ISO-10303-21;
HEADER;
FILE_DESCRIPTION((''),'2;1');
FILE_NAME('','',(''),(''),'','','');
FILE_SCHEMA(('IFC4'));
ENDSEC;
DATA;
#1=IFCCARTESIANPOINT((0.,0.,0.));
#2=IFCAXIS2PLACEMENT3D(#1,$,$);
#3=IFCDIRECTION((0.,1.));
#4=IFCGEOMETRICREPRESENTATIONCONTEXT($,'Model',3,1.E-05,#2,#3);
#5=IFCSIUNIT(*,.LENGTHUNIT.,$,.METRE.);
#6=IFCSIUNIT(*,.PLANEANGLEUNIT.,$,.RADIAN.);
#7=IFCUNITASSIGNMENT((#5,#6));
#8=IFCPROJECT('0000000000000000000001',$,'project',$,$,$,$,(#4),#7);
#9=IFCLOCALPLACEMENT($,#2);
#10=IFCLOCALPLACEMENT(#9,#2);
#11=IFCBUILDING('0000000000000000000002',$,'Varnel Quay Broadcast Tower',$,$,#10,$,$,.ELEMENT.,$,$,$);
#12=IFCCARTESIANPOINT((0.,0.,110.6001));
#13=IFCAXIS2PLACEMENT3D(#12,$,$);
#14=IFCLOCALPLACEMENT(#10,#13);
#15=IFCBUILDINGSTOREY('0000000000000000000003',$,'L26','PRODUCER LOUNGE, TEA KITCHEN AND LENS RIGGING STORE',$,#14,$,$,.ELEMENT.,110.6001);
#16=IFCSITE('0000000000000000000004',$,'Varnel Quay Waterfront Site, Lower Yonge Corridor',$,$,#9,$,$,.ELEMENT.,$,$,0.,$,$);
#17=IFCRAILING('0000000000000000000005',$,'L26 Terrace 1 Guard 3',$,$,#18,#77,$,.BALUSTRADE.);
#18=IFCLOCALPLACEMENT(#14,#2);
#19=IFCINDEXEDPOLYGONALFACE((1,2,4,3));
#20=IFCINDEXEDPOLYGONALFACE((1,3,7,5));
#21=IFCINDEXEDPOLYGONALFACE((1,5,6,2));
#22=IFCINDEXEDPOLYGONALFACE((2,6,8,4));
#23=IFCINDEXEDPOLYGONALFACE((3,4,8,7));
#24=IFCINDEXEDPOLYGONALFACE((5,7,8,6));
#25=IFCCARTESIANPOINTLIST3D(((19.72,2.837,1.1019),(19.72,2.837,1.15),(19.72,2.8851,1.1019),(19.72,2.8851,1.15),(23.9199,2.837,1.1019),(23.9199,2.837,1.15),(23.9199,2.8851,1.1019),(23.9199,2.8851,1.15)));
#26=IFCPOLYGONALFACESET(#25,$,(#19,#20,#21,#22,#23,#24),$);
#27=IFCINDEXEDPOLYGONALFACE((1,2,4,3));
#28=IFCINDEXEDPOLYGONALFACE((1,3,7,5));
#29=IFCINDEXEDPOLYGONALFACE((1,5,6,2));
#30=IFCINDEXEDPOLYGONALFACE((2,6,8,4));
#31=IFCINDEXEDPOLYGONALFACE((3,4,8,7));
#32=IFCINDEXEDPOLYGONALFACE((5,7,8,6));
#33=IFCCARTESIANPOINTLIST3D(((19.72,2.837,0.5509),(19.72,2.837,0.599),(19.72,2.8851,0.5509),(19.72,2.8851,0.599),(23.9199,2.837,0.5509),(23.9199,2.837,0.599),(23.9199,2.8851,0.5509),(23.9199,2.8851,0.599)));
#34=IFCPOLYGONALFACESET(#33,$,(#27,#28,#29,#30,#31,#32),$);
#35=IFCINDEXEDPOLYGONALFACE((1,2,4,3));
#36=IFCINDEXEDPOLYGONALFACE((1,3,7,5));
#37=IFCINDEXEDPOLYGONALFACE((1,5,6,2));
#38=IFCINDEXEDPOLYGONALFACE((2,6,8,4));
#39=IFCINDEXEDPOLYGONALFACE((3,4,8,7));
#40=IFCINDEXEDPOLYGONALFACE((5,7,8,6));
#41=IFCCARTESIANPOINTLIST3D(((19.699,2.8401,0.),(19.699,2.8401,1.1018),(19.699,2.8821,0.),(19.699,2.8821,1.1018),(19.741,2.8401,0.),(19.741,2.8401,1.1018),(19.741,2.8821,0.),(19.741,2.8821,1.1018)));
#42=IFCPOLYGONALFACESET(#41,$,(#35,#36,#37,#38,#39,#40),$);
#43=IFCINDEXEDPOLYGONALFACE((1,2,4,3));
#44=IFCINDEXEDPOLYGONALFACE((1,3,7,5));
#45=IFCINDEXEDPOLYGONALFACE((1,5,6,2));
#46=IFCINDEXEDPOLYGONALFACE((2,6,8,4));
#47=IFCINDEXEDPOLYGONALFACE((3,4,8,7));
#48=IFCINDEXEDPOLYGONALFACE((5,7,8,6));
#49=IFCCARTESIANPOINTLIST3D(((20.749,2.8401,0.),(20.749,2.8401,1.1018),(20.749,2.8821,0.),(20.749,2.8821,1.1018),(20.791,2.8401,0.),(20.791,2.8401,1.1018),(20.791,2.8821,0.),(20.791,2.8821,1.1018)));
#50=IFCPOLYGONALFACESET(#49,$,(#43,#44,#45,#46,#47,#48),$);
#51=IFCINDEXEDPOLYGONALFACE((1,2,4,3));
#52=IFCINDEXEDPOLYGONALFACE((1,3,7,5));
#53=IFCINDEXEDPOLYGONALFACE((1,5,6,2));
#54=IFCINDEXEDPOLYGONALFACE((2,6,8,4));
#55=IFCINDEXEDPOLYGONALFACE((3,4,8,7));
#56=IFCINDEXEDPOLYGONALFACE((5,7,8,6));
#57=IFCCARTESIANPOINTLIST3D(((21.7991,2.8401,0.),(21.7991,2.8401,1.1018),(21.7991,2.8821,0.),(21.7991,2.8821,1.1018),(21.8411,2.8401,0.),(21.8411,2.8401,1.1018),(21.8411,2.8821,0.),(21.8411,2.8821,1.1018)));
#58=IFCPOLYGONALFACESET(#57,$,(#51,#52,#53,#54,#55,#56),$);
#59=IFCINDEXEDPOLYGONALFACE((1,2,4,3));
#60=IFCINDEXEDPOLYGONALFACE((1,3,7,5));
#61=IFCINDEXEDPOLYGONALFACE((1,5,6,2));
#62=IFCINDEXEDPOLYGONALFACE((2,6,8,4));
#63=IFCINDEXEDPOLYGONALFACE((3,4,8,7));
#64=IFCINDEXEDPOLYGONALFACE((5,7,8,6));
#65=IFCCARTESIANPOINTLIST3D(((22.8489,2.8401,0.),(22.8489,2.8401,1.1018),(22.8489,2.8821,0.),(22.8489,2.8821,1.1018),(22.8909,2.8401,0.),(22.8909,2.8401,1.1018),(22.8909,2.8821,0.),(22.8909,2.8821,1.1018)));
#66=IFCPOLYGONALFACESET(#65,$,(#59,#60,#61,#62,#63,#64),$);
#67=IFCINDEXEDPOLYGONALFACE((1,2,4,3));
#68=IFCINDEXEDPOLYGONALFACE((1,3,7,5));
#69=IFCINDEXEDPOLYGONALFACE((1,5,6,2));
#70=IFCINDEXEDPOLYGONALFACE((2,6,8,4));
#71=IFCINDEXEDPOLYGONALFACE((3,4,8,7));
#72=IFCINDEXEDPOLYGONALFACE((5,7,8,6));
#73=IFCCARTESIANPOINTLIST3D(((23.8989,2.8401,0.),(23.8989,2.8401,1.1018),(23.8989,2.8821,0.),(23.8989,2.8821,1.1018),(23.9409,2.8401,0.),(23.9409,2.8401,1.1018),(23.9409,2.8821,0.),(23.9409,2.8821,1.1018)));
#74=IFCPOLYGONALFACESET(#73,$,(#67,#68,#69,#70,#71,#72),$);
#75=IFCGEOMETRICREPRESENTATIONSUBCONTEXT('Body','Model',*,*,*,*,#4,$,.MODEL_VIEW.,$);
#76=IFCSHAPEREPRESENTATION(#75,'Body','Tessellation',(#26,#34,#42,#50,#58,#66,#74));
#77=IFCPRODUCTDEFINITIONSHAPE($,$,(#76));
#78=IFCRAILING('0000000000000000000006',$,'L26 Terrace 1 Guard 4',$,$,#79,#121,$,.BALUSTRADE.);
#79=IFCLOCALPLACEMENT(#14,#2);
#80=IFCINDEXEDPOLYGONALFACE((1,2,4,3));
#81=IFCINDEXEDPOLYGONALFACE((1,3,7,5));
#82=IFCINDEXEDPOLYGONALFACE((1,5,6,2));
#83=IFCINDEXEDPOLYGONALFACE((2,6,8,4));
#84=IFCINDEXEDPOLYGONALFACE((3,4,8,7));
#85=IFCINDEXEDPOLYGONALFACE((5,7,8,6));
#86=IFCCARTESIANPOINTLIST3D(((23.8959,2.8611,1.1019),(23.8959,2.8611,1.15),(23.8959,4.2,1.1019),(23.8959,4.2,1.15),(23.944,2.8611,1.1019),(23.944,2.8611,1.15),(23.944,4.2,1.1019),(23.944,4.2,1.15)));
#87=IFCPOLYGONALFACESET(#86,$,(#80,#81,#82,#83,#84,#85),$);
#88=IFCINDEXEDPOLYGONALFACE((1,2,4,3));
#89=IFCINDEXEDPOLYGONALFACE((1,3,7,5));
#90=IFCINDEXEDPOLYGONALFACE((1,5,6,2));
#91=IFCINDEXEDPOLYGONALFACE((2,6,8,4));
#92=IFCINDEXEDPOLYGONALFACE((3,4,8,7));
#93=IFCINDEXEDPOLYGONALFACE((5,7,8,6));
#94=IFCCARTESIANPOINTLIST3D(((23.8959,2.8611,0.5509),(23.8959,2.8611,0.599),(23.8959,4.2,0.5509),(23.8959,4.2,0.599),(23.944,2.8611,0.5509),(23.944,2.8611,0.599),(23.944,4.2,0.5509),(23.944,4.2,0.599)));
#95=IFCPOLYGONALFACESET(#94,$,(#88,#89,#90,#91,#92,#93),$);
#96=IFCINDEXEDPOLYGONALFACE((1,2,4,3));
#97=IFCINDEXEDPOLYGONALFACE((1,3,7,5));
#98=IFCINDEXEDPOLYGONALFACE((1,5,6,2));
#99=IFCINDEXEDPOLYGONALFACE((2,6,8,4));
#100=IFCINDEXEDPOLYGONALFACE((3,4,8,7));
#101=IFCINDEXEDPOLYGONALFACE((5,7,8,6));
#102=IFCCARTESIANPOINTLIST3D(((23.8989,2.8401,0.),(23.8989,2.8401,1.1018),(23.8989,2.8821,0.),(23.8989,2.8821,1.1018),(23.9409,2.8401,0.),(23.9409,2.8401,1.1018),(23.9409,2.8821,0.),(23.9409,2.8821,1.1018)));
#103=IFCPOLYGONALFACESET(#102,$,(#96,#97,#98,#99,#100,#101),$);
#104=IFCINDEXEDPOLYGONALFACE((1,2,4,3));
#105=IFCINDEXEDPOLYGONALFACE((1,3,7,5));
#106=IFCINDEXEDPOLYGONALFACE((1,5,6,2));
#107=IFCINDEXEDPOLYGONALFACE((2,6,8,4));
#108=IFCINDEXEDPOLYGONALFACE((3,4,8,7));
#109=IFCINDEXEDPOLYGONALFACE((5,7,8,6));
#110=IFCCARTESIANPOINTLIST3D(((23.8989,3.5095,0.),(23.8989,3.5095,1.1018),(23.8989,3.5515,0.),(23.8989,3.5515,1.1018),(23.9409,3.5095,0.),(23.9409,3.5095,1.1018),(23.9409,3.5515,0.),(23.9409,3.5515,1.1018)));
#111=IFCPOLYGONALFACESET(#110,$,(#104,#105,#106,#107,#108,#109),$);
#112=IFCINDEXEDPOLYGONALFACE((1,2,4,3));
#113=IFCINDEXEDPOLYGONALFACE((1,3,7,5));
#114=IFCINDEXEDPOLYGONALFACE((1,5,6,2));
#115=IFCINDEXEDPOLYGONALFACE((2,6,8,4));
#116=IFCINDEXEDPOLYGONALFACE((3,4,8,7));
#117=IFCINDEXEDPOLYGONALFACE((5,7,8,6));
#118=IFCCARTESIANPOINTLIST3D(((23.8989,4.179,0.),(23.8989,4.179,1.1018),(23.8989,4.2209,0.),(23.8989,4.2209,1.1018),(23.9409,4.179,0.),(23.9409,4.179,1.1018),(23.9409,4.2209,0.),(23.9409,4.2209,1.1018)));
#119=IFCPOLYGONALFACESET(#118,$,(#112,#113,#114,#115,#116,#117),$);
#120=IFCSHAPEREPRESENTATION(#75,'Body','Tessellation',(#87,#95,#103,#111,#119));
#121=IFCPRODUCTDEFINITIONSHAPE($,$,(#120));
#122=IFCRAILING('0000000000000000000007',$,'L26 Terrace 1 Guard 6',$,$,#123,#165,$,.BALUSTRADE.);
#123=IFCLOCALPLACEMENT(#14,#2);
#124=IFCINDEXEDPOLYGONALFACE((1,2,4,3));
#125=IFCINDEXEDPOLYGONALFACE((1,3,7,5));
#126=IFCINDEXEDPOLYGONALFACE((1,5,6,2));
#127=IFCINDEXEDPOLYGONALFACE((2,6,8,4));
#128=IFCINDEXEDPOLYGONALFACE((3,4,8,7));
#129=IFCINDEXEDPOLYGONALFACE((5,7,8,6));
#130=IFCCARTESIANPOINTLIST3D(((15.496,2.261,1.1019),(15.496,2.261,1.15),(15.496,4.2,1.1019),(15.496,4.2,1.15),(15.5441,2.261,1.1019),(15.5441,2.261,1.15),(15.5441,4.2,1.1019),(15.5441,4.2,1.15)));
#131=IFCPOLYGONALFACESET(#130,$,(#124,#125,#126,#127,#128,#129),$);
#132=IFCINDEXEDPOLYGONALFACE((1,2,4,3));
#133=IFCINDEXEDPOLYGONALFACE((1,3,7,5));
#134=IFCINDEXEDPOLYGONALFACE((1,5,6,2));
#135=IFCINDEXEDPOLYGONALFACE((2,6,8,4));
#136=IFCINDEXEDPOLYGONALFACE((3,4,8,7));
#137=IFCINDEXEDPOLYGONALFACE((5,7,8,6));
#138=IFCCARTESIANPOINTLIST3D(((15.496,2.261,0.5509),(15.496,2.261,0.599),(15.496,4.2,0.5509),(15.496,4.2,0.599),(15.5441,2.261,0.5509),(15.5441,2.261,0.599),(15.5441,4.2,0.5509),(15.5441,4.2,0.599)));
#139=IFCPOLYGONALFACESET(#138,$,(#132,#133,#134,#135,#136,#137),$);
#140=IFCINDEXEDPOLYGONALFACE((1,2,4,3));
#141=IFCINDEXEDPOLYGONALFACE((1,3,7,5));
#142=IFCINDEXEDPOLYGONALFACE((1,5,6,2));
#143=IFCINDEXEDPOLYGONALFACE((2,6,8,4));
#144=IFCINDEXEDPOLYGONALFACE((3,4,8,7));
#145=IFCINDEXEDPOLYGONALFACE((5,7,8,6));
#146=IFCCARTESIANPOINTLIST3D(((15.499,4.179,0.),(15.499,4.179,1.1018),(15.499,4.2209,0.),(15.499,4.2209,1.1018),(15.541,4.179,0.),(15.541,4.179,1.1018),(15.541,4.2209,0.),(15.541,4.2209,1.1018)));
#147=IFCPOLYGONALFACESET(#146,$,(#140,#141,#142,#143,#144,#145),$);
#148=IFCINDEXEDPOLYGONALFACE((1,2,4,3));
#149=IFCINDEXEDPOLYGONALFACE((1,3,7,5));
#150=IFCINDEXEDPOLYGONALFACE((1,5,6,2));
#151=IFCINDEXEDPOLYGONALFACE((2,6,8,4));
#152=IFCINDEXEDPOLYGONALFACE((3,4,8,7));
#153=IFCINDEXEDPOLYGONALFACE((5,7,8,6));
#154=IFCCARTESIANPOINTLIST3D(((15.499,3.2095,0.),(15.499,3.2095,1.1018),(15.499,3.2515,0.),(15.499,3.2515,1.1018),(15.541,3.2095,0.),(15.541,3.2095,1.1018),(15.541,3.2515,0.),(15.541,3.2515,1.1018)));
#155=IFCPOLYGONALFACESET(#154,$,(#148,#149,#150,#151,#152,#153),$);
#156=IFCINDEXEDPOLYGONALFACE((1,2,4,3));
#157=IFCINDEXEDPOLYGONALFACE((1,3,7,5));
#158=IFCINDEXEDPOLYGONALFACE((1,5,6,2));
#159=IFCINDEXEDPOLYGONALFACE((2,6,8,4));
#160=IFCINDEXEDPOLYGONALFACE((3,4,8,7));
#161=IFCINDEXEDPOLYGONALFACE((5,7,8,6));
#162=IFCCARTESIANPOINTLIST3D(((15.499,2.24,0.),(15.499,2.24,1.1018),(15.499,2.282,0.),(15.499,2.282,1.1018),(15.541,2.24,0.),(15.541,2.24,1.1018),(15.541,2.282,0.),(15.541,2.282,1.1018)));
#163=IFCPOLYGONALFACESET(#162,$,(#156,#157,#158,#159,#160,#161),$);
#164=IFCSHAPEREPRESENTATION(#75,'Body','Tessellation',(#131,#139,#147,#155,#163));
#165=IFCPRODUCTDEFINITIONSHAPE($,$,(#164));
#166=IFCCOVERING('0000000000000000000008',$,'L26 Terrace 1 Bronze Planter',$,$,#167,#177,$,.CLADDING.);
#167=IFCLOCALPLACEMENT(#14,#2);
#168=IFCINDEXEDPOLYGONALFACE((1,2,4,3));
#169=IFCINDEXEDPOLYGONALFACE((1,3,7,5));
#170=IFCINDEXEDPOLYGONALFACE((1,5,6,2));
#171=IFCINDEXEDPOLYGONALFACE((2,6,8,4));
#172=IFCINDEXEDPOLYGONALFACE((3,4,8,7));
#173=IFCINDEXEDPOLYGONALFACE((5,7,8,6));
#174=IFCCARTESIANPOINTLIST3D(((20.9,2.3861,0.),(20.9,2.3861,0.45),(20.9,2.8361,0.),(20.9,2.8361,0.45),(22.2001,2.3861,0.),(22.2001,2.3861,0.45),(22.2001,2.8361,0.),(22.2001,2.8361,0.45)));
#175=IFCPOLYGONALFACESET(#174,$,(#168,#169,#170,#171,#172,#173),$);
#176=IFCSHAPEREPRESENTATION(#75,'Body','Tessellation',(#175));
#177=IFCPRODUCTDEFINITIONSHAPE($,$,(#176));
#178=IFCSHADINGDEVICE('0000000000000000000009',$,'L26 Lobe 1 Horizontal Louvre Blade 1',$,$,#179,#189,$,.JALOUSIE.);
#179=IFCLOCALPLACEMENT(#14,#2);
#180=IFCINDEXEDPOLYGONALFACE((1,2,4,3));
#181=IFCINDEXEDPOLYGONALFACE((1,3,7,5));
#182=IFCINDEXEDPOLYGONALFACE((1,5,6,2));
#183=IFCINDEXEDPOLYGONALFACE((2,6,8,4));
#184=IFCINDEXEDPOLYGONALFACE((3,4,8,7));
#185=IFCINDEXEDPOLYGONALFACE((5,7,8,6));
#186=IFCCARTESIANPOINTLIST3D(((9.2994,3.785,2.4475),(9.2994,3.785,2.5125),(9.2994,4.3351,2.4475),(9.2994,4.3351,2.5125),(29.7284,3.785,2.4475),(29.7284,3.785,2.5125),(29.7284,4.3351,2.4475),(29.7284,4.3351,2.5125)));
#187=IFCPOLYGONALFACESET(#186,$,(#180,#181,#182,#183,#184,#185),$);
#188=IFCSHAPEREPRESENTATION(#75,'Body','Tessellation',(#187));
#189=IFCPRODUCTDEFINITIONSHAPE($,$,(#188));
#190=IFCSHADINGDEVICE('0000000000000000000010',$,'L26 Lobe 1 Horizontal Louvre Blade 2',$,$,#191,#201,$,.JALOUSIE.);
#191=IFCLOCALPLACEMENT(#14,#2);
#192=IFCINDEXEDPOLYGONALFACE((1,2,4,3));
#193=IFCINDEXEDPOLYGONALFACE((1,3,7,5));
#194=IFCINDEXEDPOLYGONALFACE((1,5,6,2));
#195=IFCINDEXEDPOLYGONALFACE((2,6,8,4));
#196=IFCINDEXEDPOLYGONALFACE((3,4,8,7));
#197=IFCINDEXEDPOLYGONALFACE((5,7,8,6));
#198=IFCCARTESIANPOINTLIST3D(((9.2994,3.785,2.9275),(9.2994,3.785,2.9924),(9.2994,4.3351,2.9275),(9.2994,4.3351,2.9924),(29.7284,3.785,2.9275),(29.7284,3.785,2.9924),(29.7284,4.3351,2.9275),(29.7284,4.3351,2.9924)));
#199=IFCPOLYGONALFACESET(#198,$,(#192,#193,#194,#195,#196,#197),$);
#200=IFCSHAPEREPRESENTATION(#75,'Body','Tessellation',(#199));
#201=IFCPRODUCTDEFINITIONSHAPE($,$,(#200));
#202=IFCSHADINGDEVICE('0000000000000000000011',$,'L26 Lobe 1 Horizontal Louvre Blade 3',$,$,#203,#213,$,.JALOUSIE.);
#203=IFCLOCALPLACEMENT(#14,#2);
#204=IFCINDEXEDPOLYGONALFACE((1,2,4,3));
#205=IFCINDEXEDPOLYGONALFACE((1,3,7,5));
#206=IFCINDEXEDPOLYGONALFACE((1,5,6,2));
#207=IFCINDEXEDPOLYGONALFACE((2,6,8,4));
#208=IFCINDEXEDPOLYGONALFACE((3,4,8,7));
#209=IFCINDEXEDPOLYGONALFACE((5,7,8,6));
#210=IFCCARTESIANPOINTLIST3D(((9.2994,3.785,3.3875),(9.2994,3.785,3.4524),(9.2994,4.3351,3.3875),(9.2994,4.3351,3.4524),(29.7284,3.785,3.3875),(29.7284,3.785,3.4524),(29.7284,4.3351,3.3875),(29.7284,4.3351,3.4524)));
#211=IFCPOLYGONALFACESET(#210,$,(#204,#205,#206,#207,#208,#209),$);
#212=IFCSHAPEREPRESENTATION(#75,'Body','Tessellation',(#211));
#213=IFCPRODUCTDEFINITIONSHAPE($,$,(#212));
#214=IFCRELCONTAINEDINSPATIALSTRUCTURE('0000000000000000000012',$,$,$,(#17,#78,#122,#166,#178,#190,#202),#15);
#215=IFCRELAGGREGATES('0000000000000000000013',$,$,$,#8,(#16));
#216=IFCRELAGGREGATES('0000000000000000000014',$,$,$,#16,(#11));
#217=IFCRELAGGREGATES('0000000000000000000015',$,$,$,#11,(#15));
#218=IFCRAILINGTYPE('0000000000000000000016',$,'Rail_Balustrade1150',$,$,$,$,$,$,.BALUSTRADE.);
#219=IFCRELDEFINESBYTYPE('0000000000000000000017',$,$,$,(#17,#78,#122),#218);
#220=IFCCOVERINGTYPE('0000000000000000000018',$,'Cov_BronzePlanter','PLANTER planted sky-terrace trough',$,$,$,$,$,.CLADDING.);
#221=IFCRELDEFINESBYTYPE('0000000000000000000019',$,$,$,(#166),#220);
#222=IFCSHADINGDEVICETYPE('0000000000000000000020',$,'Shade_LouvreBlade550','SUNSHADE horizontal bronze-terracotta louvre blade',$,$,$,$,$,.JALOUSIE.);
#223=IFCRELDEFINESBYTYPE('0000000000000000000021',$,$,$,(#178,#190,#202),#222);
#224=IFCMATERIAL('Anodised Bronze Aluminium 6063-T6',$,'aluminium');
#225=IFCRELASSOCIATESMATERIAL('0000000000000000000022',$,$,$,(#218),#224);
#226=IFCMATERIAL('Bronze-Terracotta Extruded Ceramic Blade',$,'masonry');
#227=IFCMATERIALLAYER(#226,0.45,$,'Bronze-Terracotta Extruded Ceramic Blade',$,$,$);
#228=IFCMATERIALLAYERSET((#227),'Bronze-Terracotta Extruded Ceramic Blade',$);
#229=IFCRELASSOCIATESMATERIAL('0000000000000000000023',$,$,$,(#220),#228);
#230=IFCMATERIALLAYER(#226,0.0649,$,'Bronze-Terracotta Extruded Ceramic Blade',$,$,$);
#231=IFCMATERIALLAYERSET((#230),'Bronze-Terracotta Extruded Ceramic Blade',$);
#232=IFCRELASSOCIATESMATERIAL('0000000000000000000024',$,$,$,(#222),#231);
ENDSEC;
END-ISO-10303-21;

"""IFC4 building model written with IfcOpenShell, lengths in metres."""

from ifc_helpers import new_model, si_unit, direction, frame, origin, origin_2d, place, context, subcontext, project, spatial, rectangle, extrude, source, transform, mapped, material, layer, layer_set, type_object, type_shapes, element, save


model = new_model("IFC4")

# Units and contexts
model_context = context("Model", 3, precision=1e-05, world=origin(), true_north=direction((0.0, 1.0)))
body_context = subcontext(model_context, "Body", "Model", "MODEL_VIEW")
ifc_project = project(units=[si_unit("LENGTHUNIT", "METRE"), si_unit("PLANEANGLEUNIT", "RADIAN")], contexts=[model_context])

# Site, building, storey
site_placement = place(None, origin())
site = spatial("IfcSite", under=ifc_project, at=site_placement, Name="Varnel Quay Waterfront Site, Lower Yonge Corridor", CompositionType="ELEMENT", RefElevation=0.0)
building_placement = place(site_placement, origin())
building = spatial("IfcBuilding", under=site, at=building_placement, Name="Varnel Quay Broadcast Tower", CompositionType="ELEMENT")
storey_placement = place(building_placement, frame((0.0, 0.0, 110.6001)))
storey = spatial("IfcBuildingStorey", under=building, at=storey_placement, Name="L26", Description="PRODUCER LOUNGE, TEA KITCHEN AND LENS RIGGING STORE", CompositionType="ELEMENT", Elevation=110.6001)

# Shared definitions
ifc_material_1 = material(Name="Anodised Bronze Aluminium 6063-T6", Category="aluminium")

# Railings
railing_type = type_object("IfcRailingType", Name="Rail_Balustrade1150", PredefinedType="BALUSTRADE", material=ifc_material_1)
railing_1_placement = place(storey_placement, frame((19.72, 2.8611, 0.0)))
element("IfcRailing", 1, at=railing_1_placement, inside=storey, type_object=railing_type, Name="L26 Terrace 1 Guard 3", PredefinedType="BALUSTRADE", context=body_context, shape_type="SweptSolid", body=[
    extrude(rectangle(XDim=0.0481, YDim=0.0481, at=origin_2d()), frame((0.0, 0.0, 1.126), z_axis=(1.0, 0.0, 0.0), x_axis=(0.0, 1.0, 0.0)), (0.0, 0.0, 1.0), 4.2),
    extrude(rectangle(XDim=0.0481, YDim=0.0481, at=origin_2d()), frame((0.0, 0.0, 0.575), z_axis=(1.0, 0.0, 0.0), x_axis=(0.0, 1.0, 0.0)), (0.0, 0.0, 1.0), 4.2),
    extrude(rectangle(XDim=0.042, YDim=0.042, at=origin_2d()), origin(), (0.0, 0.0, 1.0), 1.1018),
    extrude(rectangle(XDim=0.042, YDim=0.042, at=origin_2d()), frame((1.05, 0.0, 0.0)), (0.0, 0.0, 1.0), 1.1018),
    extrude(rectangle(XDim=0.042, YDim=0.042, at=origin_2d()), frame((2.1001, 0.0, 0.0)), (0.0, 0.0, 1.0), 1.1018),
    extrude(rectangle(XDim=0.042, YDim=0.042, at=origin_2d()), frame((3.1499, 0.0, 0.0)), (0.0, 0.0, 1.0), 1.1018),
    extrude(rectangle(XDim=0.042, YDim=0.042, at=origin_2d()), frame((4.2, 0.0, 0.0)), (0.0, 0.0, 1.0), 1.1018),
])
railing_2_placement = place(storey_placement, frame((23.9199, 2.8611, 0.0)))
element("IfcRailing", 2, at=railing_2_placement, inside=storey, type_object=railing_type, Name="L26 Terrace 1 Guard 4", PredefinedType="BALUSTRADE", context=body_context, shape_type="SweptSolid", body=[
    extrude(rectangle(XDim=0.0481, YDim=0.0481, at=origin_2d()), frame((0.0, 0.0, 1.126), z_axis=(0.0, 1.0, 0.0), x_axis=(-1.0, 0.0, 0.0)), (0.0, 0.0, 1.0), 1.3389),
    extrude(rectangle(XDim=0.0481, YDim=0.0481, at=origin_2d()), frame((0.0, 0.0, 0.575), z_axis=(0.0, 1.0, 0.0), x_axis=(-1.0, 0.0, 0.0)), (0.0, 0.0, 1.0), 1.3389),
    extrude(rectangle(XDim=0.042, YDim=0.042, at=origin_2d()), origin(), (0.0, 0.0, 1.0), 1.1018),
    extrude(rectangle(XDim=0.042, YDim=0.042, at=origin_2d()), frame((0.0, 0.6694, 0.0)), (0.0, 0.0, 1.0), 1.1018),
    extrude(rectangle(XDim=0.042, YDim=0.042, at=origin_2d()), frame((0.0, 1.3389, 0.0)), (0.0, 0.0, 1.0), 1.1018),
])
railing_3_placement = place(storey_placement, frame((15.52, 4.2, 0.0)))
element("IfcRailing", 3, at=railing_3_placement, inside=storey, type_object=railing_type, Name="L26 Terrace 1 Guard 6", PredefinedType="BALUSTRADE", context=body_context, shape_type="SweptSolid", body=[
    extrude(rectangle(XDim=0.0481, YDim=0.0481, at=origin_2d()), frame((0.0, 0.0, 1.126), z_axis=(0.0, -1.0, 0.0), x_axis=(1.0, 0.0, 0.0)), (0.0, 0.0, 1.0), 1.939),
    extrude(rectangle(XDim=0.0481, YDim=0.0481, at=origin_2d()), frame((0.0, 0.0, 0.575), z_axis=(0.0, -1.0, 0.0), x_axis=(1.0, 0.0, 0.0)), (0.0, 0.0, 1.0), 1.939),
    extrude(rectangle(XDim=0.042, YDim=0.042, at=origin_2d()), origin(), (0.0, 0.0, 1.0), 1.1018),
    extrude(rectangle(XDim=0.042, YDim=0.042, at=origin_2d()), frame((0.0, -0.9695, 0.0)), (0.0, 0.0, 1.0), 1.1018),
    extrude(rectangle(XDim=0.042, YDim=0.042, at=origin_2d()), frame((0.0, -1.939, 0.0)), (0.0, 0.0, 1.0), 1.1018),
])

# Covering
ifc_material_2 = material(Name="Bronze-Terracotta Extruded Ceramic Blade", Category="masonry")
ifc_layer_1 = layer(ifc_material_2, 0.45, Name="Bronze-Terracotta Extruded Ceramic Blade")
ifc_layer_set_1 = layer_set([ifc_layer_1], Name="Bronze-Terracotta Extruded Ceramic Blade")
covering_type = type_object("IfcCoveringType", Name="Cov_BronzePlanter", Description="PLANTER planted sky-terrace trough", PredefinedType="CLADDING", material=ifc_layer_set_1)
shared_shape_1 = source(origin(), body_context, "Body", "SweptSolid", [
    extrude(rectangle(XDim=1.3, YDim=0.45, at=origin_2d()), origin(), (0.0, 0.0, 1.0), 0.45),
])
type_shapes(covering_type, [shared_shape_1])
covering_placement = place(storey_placement, frame((21.55, 2.6111, 0.0), z_axis=(0.0, 0.0, 1.0), x_axis=(1.0, 0.0, 0.0)))
element("IfcCovering", 4, at=covering_placement, inside=storey, type_object=covering_type, Name="L26 Terrace 1 Bronze Planter", PredefinedType="CLADDING", context=body_context, shape_type="MappedRepresentation", body=[
    mapped(shared_shape_1, transform((0.0, 0.0, 0.0), x_axis=(1.0, 0.0, 0.0), y_axis=(0.0, 1.0, 0.0), z_axis=(0.0, 0.0, 1.0), scale=1.0)),
])

# Shading devices
ifc_layer_2 = layer(ifc_material_2, 0.0649, Name="Bronze-Terracotta Extruded Ceramic Blade")
ifc_layer_set_2 = layer_set([ifc_layer_2], Name="Bronze-Terracotta Extruded Ceramic Blade")
shading_device_type = type_object("IfcShadingDeviceType", Name="Shade_LouvreBlade550", Description="SUNSHADE horizontal bronze-terracotta louvre blade", PredefinedType="JALOUSIE", material=ifc_layer_set_2)
shared_shape_2 = source(origin(), body_context, "Body", "SweptSolid", [
    extrude(rectangle(XDim=20.429, YDim=0.55, at=origin_2d()), origin(), (0.0, 0.0, 1.0), 0.0649),
])
type_shapes(shading_device_type, [shared_shape_2])
for number, where, z_axis, x_axis, name in (
    (5, (19.5139, 4.0601, 2.4475), (0.0, 0.0, 1.0), (1.0, 0.0, 0.0), "L26 Lobe 1 Horizontal Louvre Blade 1"),
    (6, (19.5139, 4.0601, 2.9275), (0.0, 0.0, 1.0), (1.0, 0.0, 0.0), "L26 Lobe 1 Horizontal Louvre Blade 2"),
    (7, (19.5139, 4.0601, 3.3875), (0.0, 0.0, 1.0), (1.0, 0.0, 0.0), "L26 Lobe 1 Horizontal Louvre Blade 3"),
):
    element("IfcShadingDevice", number, at=place(storey_placement, frame(where, z_axis=z_axis, x_axis=x_axis)), inside=storey, type_object=shading_device_type, Name=name, PredefinedType="JALOUSIE", context=body_context, shape_type="MappedRepresentation", body=[
        mapped(shared_shape_2, transform((0.0, 0.0, 0.0), x_axis=(1.0, 0.0, 0.0), y_axis=(0.0, 1.0, 0.0), z_axis=(0.0, 0.0, 1.0), scale=1.0)),
    ])

save(model, "model.ifc")
